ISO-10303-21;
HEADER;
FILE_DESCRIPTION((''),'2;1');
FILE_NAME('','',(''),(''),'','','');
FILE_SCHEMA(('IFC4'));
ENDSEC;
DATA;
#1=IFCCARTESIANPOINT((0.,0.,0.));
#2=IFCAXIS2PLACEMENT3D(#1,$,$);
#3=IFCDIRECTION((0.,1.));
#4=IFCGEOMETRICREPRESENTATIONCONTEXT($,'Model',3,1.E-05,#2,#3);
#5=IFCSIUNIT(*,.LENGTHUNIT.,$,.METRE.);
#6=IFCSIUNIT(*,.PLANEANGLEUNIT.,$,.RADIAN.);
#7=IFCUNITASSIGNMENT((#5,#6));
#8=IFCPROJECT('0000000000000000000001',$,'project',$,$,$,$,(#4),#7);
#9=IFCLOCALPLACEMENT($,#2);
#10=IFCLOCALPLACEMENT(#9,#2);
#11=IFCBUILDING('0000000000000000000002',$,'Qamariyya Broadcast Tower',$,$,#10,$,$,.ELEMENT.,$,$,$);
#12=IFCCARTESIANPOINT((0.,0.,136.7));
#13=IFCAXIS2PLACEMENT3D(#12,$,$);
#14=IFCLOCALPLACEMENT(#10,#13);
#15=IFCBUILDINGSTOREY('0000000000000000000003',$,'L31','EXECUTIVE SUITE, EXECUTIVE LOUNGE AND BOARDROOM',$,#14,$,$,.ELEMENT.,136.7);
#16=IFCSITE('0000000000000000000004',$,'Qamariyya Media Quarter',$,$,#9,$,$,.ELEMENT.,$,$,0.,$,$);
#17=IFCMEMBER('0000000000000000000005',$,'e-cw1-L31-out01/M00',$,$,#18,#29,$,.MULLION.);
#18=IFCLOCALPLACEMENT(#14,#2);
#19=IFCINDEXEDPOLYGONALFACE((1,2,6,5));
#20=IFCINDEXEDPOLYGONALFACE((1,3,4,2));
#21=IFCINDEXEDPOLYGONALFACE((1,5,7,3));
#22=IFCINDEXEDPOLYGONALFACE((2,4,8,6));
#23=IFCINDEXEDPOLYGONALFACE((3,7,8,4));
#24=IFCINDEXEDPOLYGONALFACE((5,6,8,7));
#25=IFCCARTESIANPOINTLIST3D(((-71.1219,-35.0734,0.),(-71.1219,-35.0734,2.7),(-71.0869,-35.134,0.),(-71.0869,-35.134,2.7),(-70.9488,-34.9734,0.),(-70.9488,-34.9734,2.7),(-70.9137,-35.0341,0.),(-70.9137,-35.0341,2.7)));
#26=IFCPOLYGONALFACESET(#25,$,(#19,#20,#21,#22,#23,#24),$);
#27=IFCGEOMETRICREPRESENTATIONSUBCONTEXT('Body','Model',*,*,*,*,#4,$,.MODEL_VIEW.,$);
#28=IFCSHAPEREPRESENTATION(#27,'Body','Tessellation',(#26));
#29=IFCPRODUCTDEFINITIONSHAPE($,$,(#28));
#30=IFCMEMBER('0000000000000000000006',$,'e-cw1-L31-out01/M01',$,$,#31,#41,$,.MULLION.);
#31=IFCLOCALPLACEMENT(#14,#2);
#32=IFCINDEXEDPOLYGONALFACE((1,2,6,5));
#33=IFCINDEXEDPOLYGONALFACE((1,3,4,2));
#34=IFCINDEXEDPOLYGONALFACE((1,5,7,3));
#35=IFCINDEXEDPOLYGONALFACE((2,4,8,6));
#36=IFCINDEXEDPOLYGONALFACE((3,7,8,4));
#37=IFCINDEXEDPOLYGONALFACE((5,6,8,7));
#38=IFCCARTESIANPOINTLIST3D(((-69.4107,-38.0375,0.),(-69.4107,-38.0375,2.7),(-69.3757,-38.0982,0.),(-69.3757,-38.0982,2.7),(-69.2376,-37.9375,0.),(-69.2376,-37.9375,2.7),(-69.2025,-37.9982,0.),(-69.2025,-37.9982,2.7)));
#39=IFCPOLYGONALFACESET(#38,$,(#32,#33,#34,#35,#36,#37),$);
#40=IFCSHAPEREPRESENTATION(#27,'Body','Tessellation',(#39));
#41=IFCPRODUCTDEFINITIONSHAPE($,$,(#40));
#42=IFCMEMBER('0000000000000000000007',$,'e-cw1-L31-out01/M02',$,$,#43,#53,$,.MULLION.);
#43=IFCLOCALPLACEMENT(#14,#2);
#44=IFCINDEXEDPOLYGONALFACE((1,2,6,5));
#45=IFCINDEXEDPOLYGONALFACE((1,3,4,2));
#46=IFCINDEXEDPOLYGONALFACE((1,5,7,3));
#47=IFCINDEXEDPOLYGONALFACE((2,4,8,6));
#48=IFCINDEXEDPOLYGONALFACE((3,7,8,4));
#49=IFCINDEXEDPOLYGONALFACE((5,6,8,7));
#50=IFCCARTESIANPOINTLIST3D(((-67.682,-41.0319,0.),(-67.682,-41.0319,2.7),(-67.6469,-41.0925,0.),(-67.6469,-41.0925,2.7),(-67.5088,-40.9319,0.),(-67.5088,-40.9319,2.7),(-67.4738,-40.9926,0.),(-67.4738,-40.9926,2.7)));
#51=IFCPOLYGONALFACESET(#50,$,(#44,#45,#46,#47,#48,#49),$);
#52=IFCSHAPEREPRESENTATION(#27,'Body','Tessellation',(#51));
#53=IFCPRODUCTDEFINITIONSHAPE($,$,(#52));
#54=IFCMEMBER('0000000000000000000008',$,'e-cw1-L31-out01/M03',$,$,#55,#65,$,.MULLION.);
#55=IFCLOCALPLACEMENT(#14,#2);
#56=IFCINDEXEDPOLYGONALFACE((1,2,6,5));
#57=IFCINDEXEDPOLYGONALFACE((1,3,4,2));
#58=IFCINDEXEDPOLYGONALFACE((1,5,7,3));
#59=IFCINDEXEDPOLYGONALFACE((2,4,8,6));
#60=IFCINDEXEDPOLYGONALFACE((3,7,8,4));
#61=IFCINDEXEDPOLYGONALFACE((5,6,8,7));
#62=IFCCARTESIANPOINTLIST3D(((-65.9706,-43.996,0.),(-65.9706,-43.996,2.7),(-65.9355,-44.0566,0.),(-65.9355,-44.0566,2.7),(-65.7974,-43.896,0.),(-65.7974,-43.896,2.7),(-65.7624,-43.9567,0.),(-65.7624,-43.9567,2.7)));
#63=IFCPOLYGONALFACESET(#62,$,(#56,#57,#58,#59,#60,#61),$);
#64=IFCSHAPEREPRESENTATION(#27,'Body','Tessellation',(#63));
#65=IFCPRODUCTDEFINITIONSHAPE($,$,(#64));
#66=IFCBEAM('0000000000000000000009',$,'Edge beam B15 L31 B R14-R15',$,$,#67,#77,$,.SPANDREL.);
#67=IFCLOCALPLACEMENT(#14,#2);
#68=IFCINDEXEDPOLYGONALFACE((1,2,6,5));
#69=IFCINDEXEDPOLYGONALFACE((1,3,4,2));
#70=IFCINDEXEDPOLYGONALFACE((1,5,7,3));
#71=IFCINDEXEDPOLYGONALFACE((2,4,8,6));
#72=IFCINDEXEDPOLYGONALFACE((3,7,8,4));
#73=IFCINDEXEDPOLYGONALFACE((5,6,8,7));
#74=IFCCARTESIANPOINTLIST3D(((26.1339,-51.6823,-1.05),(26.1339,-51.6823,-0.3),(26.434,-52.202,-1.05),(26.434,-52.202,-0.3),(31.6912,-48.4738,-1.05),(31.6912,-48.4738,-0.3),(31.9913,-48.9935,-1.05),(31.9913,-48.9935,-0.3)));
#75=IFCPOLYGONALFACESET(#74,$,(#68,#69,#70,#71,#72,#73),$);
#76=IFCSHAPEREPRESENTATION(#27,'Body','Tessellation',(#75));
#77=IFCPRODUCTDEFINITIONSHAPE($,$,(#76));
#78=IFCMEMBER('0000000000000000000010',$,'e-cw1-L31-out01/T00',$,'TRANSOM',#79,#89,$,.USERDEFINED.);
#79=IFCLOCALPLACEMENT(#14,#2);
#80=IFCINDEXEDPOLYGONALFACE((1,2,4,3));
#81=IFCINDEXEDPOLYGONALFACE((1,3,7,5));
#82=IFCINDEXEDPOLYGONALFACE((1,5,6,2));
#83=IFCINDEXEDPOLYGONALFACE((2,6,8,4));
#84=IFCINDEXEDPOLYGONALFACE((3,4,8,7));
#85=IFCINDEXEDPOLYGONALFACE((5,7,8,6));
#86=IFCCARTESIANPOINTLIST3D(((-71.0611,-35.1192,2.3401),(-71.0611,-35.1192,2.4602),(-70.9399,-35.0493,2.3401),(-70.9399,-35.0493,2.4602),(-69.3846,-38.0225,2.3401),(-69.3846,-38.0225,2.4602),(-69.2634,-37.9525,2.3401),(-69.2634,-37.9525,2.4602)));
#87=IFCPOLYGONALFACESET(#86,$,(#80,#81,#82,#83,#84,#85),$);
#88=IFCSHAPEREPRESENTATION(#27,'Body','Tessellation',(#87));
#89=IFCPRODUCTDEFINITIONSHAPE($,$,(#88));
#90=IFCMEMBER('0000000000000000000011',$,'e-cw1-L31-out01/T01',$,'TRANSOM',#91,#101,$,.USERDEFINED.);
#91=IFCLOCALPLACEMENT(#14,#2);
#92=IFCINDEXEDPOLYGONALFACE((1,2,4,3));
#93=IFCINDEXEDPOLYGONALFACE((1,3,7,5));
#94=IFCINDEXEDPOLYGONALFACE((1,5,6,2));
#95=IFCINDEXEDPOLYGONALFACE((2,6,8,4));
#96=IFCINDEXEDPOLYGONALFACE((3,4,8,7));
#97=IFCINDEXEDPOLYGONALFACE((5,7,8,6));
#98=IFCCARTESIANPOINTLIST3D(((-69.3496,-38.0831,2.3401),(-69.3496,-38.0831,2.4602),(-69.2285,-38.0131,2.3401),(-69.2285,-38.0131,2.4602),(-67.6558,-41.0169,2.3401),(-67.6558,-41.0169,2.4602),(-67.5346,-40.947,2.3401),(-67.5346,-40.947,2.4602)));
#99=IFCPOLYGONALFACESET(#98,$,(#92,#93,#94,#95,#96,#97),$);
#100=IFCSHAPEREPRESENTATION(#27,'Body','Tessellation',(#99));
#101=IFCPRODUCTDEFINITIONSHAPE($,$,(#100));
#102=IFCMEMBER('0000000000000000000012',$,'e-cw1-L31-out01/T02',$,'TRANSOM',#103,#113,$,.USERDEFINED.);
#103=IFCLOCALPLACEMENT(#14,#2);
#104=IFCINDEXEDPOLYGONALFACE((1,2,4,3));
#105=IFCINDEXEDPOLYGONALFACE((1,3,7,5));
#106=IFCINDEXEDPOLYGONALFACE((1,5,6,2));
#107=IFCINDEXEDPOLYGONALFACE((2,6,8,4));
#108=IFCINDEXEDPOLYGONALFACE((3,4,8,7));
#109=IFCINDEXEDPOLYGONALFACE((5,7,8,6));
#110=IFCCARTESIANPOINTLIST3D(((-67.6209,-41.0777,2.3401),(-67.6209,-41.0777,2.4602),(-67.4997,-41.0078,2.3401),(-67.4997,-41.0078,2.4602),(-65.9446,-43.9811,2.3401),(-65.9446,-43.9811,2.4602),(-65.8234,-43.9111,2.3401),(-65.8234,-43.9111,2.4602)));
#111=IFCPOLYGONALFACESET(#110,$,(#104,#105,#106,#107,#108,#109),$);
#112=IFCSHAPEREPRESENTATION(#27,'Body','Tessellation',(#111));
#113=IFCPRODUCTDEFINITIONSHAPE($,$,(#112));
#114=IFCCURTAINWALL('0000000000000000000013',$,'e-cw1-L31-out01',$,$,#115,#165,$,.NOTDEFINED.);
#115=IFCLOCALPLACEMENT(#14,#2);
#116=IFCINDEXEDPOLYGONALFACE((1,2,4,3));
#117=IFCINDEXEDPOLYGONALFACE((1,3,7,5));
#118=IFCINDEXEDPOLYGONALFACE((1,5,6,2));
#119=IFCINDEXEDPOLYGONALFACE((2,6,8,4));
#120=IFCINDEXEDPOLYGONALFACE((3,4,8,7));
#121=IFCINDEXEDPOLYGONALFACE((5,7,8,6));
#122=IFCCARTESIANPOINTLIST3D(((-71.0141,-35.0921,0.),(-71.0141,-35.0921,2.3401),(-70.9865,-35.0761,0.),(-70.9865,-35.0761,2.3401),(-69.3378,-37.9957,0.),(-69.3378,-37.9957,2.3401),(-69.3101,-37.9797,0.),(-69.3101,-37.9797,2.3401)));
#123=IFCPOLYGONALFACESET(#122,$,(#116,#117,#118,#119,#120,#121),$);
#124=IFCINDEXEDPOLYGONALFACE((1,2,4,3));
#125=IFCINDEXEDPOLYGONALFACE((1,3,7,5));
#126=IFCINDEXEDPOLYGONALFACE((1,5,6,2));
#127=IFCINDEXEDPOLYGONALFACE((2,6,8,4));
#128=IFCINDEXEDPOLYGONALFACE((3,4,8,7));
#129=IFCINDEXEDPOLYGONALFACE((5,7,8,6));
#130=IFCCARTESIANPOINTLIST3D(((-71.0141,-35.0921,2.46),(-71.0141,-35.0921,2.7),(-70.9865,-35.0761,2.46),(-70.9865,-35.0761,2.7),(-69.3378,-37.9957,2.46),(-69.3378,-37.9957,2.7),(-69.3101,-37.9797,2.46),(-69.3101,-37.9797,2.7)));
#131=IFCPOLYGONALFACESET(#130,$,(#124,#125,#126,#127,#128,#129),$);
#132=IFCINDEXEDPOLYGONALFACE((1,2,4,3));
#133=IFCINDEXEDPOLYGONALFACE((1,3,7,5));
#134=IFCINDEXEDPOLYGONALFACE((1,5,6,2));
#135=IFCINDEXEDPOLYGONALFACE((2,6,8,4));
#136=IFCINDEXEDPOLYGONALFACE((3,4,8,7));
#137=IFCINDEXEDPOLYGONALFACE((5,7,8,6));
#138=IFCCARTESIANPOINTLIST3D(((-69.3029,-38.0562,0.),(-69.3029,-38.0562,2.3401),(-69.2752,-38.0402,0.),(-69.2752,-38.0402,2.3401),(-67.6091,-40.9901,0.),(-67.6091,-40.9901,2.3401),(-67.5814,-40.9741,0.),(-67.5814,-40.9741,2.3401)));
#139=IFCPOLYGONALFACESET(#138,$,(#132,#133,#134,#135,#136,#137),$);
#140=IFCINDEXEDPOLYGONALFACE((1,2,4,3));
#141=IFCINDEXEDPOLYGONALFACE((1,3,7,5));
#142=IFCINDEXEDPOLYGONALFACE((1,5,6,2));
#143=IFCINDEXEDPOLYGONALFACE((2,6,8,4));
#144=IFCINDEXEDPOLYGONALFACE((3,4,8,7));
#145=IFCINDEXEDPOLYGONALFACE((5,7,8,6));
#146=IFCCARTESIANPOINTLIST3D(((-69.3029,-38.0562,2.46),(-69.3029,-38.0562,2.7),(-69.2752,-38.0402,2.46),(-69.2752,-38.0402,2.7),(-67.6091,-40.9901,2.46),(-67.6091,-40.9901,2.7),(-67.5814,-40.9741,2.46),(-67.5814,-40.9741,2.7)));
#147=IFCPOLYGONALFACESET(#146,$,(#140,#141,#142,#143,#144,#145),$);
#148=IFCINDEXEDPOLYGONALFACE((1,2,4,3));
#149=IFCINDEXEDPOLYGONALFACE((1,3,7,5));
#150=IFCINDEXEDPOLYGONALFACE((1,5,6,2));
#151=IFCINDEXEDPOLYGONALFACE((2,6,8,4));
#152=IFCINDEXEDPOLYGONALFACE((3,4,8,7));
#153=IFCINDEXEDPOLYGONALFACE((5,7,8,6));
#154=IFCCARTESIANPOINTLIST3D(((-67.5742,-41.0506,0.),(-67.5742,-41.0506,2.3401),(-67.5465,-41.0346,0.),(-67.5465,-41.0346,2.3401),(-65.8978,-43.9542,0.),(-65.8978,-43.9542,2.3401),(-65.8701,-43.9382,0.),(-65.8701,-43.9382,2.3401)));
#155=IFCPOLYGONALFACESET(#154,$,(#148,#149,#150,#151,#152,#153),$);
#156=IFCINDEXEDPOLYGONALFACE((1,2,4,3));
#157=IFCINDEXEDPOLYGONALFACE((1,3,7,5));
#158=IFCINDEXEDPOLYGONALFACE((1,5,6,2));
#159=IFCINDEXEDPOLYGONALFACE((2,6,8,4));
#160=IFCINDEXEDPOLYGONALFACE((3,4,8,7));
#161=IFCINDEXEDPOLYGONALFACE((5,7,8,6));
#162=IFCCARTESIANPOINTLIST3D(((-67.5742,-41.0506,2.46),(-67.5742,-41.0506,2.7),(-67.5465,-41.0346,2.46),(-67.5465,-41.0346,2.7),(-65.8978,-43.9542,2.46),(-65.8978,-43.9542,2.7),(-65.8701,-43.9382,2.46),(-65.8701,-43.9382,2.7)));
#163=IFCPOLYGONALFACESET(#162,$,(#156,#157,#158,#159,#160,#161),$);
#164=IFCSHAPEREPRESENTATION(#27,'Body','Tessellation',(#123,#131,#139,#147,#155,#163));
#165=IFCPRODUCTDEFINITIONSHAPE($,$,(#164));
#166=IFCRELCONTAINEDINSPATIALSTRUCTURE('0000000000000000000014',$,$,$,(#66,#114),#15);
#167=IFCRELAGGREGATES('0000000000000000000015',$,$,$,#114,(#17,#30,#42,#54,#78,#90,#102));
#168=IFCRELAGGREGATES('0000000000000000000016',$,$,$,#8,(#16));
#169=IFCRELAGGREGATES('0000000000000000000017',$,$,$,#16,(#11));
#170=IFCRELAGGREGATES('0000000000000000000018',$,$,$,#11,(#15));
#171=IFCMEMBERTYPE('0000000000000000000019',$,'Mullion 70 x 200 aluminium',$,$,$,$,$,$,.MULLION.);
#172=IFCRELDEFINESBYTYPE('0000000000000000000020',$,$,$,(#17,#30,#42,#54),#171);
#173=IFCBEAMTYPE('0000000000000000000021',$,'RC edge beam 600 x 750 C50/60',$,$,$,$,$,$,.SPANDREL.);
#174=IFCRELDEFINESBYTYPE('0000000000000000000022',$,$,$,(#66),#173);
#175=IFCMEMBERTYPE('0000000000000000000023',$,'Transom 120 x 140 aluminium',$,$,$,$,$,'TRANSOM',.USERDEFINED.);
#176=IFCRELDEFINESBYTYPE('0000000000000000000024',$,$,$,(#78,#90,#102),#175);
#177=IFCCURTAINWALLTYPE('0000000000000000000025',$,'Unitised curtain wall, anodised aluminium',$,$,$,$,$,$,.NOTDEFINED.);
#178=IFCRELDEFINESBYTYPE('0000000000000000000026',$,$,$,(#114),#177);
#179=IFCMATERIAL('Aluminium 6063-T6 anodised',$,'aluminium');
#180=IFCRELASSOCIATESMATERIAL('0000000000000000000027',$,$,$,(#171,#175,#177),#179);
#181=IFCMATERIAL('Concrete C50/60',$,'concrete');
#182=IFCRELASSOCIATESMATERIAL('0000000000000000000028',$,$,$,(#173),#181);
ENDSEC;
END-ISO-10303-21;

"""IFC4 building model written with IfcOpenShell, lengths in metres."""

from ifc_helpers import new_model, si_unit, direction, frame, origin, origin_2d, place, context, subcontext, project, spatial, rectangle, extrude, material, material_profile, profile_set, type_object, element, aggregate, save


model = new_model("IFC4")

# Units and contexts
model_context = context("Model", 3, precision=1e-05, world=origin(), true_north=direction((0.0, 1.0)))
body_context = subcontext(model_context, "Body", "Model", "MODEL_VIEW")
ifc_project = project(units=[si_unit("LENGTHUNIT", "METRE"), si_unit("PLANEANGLEUNIT", "RADIAN")], contexts=[model_context])

# Members
ifc_material_1 = material(Name="Aluminium 6063-T6 anodised", Category="aluminium")
ifc_material_profile_1 = material_profile(ifc_material_1, rectangle(XDim=0.2, YDim=0.0701, at=origin_2d()))
ifc_profile_set_1 = profile_set([ifc_material_profile_1], Name="Aluminium 6063-T6 anodised")
member_type_1 = type_object("IfcMemberType", Name="Mullion 70 x 200 aluminium", PredefinedType="MULLION", material=ifc_profile_set_1)
site_placement = place(None, origin())
building_placement = place(site_placement, origin())
storey_placement = place(building_placement, frame((0.0, 0.0, 136.7)))
member_1_placement = place(storey_placement, frame((-71.0178, -35.0537, 0.0), z_axis=(0.0, 0.0, 1.0), x_axis=(0.866025, 0.5, 0.0)))
member_1 = element("IfcMember", 1, at=member_1_placement, type_object=member_type_1, Name="e-cw1-L31-out01/M00", PredefinedType="MULLION", context=body_context, shape_type="SweptSolid", body=[
    extrude(rectangle(XDim=0.2, YDim=0.0701, at=origin_2d()), origin(), (0.0, 0.0, 1.0), 2.7),
])
member_2_placement = place(storey_placement, frame((-69.3066, -38.0178, 0.0), z_axis=(0.0, 0.0, 1.0), x_axis=(0.866025, 0.5, 0.0)))
member_2 = element("IfcMember", 2, at=member_2_placement, type_object=member_type_1, Name="e-cw1-L31-out01/M01", PredefinedType="MULLION", context=body_context, shape_type="SweptSolid", body=[
    extrude(rectangle(XDim=0.2, YDim=0.0701, at=origin_2d()), origin(), (0.0, 0.0, 1.0), 2.7),
])
member_3_placement = place(storey_placement, frame((-67.5779, -41.0122, 0.0), z_axis=(0.0, 0.0, 1.0), x_axis=(0.866025, 0.5, 0.0)))
member_3 = element("IfcMember", 3, at=member_3_placement, type_object=member_type_1, Name="e-cw1-L31-out01/M02", PredefinedType="MULLION", context=body_context, shape_type="SweptSolid", body=[
    extrude(rectangle(XDim=0.2, YDim=0.0701, at=origin_2d()), origin(), (0.0, 0.0, 1.0), 2.7),
])
member_4_placement = place(storey_placement, frame((-65.8665, -43.9763, 0.0), z_axis=(0.0, 0.0, 1.0), x_axis=(0.866025, 0.5, 0.0)))
member_4 = element("IfcMember", 4, at=member_4_placement, type_object=member_type_1, Name="e-cw1-L31-out01/M03", PredefinedType="MULLION", context=body_context, shape_type="SweptSolid", body=[
    extrude(rectangle(XDim=0.2, YDim=0.0701, at=origin_2d()), origin(), (0.0, 0.0, 1.0), 2.7),
])

# Site, building, storey
site = spatial("IfcSite", under=ifc_project, at=site_placement, Name="Qamariyya Media Quarter", CompositionType="ELEMENT", RefElevation=0.0)
building = spatial("IfcBuilding", under=site, at=building_placement, Name="Qamariyya Broadcast Tower", CompositionType="ELEMENT")
storey = spatial("IfcBuildingStorey", under=building, at=storey_placement, Name="L31", Description="EXECUTIVE SUITE, EXECUTIVE LOUNGE AND BOARDROOM", CompositionType="ELEMENT", Elevation=136.7)

# Beam
ifc_material_2 = material(Name="Concrete C50/60", Category="concrete")
ifc_material_profile_2 = material_profile(ifc_material_2, rectangle(XDim=0.6001, YDim=0.75, at=origin_2d()))
ifc_profile_set_2 = profile_set([ifc_material_profile_2], Name="Concrete C50/60")
beam_type = type_object("IfcBeamType", Name="RC edge beam 600 x 750 C50/60", PredefinedType="SPANDREL", material=ifc_profile_set_2)
beam_placement = place(storey_placement, frame((26.2839, -51.9421, -0.675), z_axis=(0.866029, 0.499994, 0.0), x_axis=(-0.499994, 0.866029, 0.0)))
element("IfcBeam", 5, at=beam_placement, inside=storey, type_object=beam_type, Name="Edge beam B15 L31 B R14-R15", PredefinedType="SPANDREL", context=body_context, shape_type="SweptSolid", body=[
    extrude(rectangle(XDim=0.6001, YDim=0.75, at=origin_2d()), origin(), (0.0, 0.0, 1.0), 6.417),
])

# Members
ifc_material_profile_3 = material_profile(ifc_material_1, rectangle(XDim=0.1399, YDim=0.1201, at=origin_2d()))
ifc_profile_set_3 = profile_set([ifc_material_profile_3], Name="Aluminium 6063-T6 anodised")
member_type_2 = type_object("IfcMemberType", Name="Transom 120 x 140 aluminium", ElementType="TRANSOM", PredefinedType="USERDEFINED", material=ifc_profile_set_3)
member_5_placement = place(storey_placement, frame((-71.0005, -35.0842, 2.4001), z_axis=(0.500063, -0.865989, 0.0), x_axis=(0.865989, 0.500063, 0.0)))
member_5 = element("IfcMember", 6, at=member_5_placement, type_object=member_type_2, Name="e-cw1-L31-out01/T00", ObjectType="TRANSOM", PredefinedType="USERDEFINED", context=body_context, shape_type="SweptSolid", body=[
    extrude(rectangle(XDim=0.1399, YDim=0.1201, at=origin_2d()), origin(), (0.0, 0.0, 1.0), 3.3525),
])
member_6_placement = place(storey_placement, frame((-69.2891, -38.0481, 2.4001), z_axis=(0.499999, -0.866026, 0.0), x_axis=(0.866026, 0.499999, 0.0)))
member_6 = element("IfcMember", 7, at=member_6_placement, type_object=member_type_2, Name="e-cw1-L31-out01/T01", ObjectType="TRANSOM", PredefinedType="USERDEFINED", context=body_context, shape_type="SweptSolid", body=[
    extrude(rectangle(XDim=0.1399, YDim=0.1201, at=origin_2d()), origin(), (0.0, 0.0, 1.0), 3.3877),
])
member_7_placement = place(storey_placement, frame((-67.5603, -41.0427, 2.4001), z_axis=(0.500008, -0.866021, 0.0), x_axis=(0.866021, 0.500008, 0.0)))
member_7 = element("IfcMember", 8, at=member_7_placement, type_object=member_type_2, Name="e-cw1-L31-out01/T02", ObjectType="TRANSOM", PredefinedType="USERDEFINED", context=body_context, shape_type="SweptSolid", body=[
    extrude(rectangle(XDim=0.1399, YDim=0.1201, at=origin_2d()), origin(), (0.0, 0.0, 1.0), 3.3525),
])

# Curtain wall
curtain_wall_type = type_object("IfcCurtainWallType", Name="Unitised curtain wall, anodised aluminium", PredefinedType="NOTDEFINED", material=ifc_material_1)
curtain_wall_1_placement = place(storey_placement, origin())
curtain_wall_1 = element("IfcCurtainWall", 9, at=curtain_wall_1_placement, inside=storey, type_object=curtain_wall_type, Name="e-cw1-L31-out01", PredefinedType="NOTDEFINED", context=body_context, shape_type="SweptSolid", body=[
    extrude(rectangle(XDim=3.3528, YDim=0.032, at=origin_2d()), frame((-70.1621, -36.5359, 0.0), x_axis=(0.499997, -0.866027, 0.0)), (0.0, 0.0, 1.0), 2.3401),
    extrude(rectangle(XDim=3.3528, YDim=0.032, at=origin_2d()), frame((-70.1621, -36.5359, 2.46), x_axis=(0.499997, -0.866027, 0.0)), (0.0, 0.0, 1.0), 0.24),
    extrude(rectangle(XDim=3.3877, YDim=0.032, at=origin_2d()), frame((-68.4421, -39.5151, 0.0), x_axis=(0.499997, -0.866027, 0.0)), (0.0, 0.0, 1.0), 2.3401),
    extrude(rectangle(XDim=3.3877, YDim=0.032, at=origin_2d()), frame((-68.4421, -39.5151, 2.46), x_axis=(0.499997, -0.866027, 0.0)), (0.0, 0.0, 1.0), 0.24),
    extrude(rectangle(XDim=3.3528, YDim=0.032, at=origin_2d()), frame((-66.7222, -42.4944, 0.0), x_axis=(0.499997, -0.866027, 0.0)), (0.0, 0.0, 1.0), 2.3401),
    extrude(rectangle(XDim=3.3528, YDim=0.032, at=origin_2d()), frame((-66.7222, -42.4944, 2.46), x_axis=(0.499997, -0.866027, 0.0)), (0.0, 0.0, 1.0), 0.24),
])
aggregate(curtain_wall_1, [member_1, member_2, member_3, member_4, member_5, member_6, member_7])

save(model, "model.ifc")
